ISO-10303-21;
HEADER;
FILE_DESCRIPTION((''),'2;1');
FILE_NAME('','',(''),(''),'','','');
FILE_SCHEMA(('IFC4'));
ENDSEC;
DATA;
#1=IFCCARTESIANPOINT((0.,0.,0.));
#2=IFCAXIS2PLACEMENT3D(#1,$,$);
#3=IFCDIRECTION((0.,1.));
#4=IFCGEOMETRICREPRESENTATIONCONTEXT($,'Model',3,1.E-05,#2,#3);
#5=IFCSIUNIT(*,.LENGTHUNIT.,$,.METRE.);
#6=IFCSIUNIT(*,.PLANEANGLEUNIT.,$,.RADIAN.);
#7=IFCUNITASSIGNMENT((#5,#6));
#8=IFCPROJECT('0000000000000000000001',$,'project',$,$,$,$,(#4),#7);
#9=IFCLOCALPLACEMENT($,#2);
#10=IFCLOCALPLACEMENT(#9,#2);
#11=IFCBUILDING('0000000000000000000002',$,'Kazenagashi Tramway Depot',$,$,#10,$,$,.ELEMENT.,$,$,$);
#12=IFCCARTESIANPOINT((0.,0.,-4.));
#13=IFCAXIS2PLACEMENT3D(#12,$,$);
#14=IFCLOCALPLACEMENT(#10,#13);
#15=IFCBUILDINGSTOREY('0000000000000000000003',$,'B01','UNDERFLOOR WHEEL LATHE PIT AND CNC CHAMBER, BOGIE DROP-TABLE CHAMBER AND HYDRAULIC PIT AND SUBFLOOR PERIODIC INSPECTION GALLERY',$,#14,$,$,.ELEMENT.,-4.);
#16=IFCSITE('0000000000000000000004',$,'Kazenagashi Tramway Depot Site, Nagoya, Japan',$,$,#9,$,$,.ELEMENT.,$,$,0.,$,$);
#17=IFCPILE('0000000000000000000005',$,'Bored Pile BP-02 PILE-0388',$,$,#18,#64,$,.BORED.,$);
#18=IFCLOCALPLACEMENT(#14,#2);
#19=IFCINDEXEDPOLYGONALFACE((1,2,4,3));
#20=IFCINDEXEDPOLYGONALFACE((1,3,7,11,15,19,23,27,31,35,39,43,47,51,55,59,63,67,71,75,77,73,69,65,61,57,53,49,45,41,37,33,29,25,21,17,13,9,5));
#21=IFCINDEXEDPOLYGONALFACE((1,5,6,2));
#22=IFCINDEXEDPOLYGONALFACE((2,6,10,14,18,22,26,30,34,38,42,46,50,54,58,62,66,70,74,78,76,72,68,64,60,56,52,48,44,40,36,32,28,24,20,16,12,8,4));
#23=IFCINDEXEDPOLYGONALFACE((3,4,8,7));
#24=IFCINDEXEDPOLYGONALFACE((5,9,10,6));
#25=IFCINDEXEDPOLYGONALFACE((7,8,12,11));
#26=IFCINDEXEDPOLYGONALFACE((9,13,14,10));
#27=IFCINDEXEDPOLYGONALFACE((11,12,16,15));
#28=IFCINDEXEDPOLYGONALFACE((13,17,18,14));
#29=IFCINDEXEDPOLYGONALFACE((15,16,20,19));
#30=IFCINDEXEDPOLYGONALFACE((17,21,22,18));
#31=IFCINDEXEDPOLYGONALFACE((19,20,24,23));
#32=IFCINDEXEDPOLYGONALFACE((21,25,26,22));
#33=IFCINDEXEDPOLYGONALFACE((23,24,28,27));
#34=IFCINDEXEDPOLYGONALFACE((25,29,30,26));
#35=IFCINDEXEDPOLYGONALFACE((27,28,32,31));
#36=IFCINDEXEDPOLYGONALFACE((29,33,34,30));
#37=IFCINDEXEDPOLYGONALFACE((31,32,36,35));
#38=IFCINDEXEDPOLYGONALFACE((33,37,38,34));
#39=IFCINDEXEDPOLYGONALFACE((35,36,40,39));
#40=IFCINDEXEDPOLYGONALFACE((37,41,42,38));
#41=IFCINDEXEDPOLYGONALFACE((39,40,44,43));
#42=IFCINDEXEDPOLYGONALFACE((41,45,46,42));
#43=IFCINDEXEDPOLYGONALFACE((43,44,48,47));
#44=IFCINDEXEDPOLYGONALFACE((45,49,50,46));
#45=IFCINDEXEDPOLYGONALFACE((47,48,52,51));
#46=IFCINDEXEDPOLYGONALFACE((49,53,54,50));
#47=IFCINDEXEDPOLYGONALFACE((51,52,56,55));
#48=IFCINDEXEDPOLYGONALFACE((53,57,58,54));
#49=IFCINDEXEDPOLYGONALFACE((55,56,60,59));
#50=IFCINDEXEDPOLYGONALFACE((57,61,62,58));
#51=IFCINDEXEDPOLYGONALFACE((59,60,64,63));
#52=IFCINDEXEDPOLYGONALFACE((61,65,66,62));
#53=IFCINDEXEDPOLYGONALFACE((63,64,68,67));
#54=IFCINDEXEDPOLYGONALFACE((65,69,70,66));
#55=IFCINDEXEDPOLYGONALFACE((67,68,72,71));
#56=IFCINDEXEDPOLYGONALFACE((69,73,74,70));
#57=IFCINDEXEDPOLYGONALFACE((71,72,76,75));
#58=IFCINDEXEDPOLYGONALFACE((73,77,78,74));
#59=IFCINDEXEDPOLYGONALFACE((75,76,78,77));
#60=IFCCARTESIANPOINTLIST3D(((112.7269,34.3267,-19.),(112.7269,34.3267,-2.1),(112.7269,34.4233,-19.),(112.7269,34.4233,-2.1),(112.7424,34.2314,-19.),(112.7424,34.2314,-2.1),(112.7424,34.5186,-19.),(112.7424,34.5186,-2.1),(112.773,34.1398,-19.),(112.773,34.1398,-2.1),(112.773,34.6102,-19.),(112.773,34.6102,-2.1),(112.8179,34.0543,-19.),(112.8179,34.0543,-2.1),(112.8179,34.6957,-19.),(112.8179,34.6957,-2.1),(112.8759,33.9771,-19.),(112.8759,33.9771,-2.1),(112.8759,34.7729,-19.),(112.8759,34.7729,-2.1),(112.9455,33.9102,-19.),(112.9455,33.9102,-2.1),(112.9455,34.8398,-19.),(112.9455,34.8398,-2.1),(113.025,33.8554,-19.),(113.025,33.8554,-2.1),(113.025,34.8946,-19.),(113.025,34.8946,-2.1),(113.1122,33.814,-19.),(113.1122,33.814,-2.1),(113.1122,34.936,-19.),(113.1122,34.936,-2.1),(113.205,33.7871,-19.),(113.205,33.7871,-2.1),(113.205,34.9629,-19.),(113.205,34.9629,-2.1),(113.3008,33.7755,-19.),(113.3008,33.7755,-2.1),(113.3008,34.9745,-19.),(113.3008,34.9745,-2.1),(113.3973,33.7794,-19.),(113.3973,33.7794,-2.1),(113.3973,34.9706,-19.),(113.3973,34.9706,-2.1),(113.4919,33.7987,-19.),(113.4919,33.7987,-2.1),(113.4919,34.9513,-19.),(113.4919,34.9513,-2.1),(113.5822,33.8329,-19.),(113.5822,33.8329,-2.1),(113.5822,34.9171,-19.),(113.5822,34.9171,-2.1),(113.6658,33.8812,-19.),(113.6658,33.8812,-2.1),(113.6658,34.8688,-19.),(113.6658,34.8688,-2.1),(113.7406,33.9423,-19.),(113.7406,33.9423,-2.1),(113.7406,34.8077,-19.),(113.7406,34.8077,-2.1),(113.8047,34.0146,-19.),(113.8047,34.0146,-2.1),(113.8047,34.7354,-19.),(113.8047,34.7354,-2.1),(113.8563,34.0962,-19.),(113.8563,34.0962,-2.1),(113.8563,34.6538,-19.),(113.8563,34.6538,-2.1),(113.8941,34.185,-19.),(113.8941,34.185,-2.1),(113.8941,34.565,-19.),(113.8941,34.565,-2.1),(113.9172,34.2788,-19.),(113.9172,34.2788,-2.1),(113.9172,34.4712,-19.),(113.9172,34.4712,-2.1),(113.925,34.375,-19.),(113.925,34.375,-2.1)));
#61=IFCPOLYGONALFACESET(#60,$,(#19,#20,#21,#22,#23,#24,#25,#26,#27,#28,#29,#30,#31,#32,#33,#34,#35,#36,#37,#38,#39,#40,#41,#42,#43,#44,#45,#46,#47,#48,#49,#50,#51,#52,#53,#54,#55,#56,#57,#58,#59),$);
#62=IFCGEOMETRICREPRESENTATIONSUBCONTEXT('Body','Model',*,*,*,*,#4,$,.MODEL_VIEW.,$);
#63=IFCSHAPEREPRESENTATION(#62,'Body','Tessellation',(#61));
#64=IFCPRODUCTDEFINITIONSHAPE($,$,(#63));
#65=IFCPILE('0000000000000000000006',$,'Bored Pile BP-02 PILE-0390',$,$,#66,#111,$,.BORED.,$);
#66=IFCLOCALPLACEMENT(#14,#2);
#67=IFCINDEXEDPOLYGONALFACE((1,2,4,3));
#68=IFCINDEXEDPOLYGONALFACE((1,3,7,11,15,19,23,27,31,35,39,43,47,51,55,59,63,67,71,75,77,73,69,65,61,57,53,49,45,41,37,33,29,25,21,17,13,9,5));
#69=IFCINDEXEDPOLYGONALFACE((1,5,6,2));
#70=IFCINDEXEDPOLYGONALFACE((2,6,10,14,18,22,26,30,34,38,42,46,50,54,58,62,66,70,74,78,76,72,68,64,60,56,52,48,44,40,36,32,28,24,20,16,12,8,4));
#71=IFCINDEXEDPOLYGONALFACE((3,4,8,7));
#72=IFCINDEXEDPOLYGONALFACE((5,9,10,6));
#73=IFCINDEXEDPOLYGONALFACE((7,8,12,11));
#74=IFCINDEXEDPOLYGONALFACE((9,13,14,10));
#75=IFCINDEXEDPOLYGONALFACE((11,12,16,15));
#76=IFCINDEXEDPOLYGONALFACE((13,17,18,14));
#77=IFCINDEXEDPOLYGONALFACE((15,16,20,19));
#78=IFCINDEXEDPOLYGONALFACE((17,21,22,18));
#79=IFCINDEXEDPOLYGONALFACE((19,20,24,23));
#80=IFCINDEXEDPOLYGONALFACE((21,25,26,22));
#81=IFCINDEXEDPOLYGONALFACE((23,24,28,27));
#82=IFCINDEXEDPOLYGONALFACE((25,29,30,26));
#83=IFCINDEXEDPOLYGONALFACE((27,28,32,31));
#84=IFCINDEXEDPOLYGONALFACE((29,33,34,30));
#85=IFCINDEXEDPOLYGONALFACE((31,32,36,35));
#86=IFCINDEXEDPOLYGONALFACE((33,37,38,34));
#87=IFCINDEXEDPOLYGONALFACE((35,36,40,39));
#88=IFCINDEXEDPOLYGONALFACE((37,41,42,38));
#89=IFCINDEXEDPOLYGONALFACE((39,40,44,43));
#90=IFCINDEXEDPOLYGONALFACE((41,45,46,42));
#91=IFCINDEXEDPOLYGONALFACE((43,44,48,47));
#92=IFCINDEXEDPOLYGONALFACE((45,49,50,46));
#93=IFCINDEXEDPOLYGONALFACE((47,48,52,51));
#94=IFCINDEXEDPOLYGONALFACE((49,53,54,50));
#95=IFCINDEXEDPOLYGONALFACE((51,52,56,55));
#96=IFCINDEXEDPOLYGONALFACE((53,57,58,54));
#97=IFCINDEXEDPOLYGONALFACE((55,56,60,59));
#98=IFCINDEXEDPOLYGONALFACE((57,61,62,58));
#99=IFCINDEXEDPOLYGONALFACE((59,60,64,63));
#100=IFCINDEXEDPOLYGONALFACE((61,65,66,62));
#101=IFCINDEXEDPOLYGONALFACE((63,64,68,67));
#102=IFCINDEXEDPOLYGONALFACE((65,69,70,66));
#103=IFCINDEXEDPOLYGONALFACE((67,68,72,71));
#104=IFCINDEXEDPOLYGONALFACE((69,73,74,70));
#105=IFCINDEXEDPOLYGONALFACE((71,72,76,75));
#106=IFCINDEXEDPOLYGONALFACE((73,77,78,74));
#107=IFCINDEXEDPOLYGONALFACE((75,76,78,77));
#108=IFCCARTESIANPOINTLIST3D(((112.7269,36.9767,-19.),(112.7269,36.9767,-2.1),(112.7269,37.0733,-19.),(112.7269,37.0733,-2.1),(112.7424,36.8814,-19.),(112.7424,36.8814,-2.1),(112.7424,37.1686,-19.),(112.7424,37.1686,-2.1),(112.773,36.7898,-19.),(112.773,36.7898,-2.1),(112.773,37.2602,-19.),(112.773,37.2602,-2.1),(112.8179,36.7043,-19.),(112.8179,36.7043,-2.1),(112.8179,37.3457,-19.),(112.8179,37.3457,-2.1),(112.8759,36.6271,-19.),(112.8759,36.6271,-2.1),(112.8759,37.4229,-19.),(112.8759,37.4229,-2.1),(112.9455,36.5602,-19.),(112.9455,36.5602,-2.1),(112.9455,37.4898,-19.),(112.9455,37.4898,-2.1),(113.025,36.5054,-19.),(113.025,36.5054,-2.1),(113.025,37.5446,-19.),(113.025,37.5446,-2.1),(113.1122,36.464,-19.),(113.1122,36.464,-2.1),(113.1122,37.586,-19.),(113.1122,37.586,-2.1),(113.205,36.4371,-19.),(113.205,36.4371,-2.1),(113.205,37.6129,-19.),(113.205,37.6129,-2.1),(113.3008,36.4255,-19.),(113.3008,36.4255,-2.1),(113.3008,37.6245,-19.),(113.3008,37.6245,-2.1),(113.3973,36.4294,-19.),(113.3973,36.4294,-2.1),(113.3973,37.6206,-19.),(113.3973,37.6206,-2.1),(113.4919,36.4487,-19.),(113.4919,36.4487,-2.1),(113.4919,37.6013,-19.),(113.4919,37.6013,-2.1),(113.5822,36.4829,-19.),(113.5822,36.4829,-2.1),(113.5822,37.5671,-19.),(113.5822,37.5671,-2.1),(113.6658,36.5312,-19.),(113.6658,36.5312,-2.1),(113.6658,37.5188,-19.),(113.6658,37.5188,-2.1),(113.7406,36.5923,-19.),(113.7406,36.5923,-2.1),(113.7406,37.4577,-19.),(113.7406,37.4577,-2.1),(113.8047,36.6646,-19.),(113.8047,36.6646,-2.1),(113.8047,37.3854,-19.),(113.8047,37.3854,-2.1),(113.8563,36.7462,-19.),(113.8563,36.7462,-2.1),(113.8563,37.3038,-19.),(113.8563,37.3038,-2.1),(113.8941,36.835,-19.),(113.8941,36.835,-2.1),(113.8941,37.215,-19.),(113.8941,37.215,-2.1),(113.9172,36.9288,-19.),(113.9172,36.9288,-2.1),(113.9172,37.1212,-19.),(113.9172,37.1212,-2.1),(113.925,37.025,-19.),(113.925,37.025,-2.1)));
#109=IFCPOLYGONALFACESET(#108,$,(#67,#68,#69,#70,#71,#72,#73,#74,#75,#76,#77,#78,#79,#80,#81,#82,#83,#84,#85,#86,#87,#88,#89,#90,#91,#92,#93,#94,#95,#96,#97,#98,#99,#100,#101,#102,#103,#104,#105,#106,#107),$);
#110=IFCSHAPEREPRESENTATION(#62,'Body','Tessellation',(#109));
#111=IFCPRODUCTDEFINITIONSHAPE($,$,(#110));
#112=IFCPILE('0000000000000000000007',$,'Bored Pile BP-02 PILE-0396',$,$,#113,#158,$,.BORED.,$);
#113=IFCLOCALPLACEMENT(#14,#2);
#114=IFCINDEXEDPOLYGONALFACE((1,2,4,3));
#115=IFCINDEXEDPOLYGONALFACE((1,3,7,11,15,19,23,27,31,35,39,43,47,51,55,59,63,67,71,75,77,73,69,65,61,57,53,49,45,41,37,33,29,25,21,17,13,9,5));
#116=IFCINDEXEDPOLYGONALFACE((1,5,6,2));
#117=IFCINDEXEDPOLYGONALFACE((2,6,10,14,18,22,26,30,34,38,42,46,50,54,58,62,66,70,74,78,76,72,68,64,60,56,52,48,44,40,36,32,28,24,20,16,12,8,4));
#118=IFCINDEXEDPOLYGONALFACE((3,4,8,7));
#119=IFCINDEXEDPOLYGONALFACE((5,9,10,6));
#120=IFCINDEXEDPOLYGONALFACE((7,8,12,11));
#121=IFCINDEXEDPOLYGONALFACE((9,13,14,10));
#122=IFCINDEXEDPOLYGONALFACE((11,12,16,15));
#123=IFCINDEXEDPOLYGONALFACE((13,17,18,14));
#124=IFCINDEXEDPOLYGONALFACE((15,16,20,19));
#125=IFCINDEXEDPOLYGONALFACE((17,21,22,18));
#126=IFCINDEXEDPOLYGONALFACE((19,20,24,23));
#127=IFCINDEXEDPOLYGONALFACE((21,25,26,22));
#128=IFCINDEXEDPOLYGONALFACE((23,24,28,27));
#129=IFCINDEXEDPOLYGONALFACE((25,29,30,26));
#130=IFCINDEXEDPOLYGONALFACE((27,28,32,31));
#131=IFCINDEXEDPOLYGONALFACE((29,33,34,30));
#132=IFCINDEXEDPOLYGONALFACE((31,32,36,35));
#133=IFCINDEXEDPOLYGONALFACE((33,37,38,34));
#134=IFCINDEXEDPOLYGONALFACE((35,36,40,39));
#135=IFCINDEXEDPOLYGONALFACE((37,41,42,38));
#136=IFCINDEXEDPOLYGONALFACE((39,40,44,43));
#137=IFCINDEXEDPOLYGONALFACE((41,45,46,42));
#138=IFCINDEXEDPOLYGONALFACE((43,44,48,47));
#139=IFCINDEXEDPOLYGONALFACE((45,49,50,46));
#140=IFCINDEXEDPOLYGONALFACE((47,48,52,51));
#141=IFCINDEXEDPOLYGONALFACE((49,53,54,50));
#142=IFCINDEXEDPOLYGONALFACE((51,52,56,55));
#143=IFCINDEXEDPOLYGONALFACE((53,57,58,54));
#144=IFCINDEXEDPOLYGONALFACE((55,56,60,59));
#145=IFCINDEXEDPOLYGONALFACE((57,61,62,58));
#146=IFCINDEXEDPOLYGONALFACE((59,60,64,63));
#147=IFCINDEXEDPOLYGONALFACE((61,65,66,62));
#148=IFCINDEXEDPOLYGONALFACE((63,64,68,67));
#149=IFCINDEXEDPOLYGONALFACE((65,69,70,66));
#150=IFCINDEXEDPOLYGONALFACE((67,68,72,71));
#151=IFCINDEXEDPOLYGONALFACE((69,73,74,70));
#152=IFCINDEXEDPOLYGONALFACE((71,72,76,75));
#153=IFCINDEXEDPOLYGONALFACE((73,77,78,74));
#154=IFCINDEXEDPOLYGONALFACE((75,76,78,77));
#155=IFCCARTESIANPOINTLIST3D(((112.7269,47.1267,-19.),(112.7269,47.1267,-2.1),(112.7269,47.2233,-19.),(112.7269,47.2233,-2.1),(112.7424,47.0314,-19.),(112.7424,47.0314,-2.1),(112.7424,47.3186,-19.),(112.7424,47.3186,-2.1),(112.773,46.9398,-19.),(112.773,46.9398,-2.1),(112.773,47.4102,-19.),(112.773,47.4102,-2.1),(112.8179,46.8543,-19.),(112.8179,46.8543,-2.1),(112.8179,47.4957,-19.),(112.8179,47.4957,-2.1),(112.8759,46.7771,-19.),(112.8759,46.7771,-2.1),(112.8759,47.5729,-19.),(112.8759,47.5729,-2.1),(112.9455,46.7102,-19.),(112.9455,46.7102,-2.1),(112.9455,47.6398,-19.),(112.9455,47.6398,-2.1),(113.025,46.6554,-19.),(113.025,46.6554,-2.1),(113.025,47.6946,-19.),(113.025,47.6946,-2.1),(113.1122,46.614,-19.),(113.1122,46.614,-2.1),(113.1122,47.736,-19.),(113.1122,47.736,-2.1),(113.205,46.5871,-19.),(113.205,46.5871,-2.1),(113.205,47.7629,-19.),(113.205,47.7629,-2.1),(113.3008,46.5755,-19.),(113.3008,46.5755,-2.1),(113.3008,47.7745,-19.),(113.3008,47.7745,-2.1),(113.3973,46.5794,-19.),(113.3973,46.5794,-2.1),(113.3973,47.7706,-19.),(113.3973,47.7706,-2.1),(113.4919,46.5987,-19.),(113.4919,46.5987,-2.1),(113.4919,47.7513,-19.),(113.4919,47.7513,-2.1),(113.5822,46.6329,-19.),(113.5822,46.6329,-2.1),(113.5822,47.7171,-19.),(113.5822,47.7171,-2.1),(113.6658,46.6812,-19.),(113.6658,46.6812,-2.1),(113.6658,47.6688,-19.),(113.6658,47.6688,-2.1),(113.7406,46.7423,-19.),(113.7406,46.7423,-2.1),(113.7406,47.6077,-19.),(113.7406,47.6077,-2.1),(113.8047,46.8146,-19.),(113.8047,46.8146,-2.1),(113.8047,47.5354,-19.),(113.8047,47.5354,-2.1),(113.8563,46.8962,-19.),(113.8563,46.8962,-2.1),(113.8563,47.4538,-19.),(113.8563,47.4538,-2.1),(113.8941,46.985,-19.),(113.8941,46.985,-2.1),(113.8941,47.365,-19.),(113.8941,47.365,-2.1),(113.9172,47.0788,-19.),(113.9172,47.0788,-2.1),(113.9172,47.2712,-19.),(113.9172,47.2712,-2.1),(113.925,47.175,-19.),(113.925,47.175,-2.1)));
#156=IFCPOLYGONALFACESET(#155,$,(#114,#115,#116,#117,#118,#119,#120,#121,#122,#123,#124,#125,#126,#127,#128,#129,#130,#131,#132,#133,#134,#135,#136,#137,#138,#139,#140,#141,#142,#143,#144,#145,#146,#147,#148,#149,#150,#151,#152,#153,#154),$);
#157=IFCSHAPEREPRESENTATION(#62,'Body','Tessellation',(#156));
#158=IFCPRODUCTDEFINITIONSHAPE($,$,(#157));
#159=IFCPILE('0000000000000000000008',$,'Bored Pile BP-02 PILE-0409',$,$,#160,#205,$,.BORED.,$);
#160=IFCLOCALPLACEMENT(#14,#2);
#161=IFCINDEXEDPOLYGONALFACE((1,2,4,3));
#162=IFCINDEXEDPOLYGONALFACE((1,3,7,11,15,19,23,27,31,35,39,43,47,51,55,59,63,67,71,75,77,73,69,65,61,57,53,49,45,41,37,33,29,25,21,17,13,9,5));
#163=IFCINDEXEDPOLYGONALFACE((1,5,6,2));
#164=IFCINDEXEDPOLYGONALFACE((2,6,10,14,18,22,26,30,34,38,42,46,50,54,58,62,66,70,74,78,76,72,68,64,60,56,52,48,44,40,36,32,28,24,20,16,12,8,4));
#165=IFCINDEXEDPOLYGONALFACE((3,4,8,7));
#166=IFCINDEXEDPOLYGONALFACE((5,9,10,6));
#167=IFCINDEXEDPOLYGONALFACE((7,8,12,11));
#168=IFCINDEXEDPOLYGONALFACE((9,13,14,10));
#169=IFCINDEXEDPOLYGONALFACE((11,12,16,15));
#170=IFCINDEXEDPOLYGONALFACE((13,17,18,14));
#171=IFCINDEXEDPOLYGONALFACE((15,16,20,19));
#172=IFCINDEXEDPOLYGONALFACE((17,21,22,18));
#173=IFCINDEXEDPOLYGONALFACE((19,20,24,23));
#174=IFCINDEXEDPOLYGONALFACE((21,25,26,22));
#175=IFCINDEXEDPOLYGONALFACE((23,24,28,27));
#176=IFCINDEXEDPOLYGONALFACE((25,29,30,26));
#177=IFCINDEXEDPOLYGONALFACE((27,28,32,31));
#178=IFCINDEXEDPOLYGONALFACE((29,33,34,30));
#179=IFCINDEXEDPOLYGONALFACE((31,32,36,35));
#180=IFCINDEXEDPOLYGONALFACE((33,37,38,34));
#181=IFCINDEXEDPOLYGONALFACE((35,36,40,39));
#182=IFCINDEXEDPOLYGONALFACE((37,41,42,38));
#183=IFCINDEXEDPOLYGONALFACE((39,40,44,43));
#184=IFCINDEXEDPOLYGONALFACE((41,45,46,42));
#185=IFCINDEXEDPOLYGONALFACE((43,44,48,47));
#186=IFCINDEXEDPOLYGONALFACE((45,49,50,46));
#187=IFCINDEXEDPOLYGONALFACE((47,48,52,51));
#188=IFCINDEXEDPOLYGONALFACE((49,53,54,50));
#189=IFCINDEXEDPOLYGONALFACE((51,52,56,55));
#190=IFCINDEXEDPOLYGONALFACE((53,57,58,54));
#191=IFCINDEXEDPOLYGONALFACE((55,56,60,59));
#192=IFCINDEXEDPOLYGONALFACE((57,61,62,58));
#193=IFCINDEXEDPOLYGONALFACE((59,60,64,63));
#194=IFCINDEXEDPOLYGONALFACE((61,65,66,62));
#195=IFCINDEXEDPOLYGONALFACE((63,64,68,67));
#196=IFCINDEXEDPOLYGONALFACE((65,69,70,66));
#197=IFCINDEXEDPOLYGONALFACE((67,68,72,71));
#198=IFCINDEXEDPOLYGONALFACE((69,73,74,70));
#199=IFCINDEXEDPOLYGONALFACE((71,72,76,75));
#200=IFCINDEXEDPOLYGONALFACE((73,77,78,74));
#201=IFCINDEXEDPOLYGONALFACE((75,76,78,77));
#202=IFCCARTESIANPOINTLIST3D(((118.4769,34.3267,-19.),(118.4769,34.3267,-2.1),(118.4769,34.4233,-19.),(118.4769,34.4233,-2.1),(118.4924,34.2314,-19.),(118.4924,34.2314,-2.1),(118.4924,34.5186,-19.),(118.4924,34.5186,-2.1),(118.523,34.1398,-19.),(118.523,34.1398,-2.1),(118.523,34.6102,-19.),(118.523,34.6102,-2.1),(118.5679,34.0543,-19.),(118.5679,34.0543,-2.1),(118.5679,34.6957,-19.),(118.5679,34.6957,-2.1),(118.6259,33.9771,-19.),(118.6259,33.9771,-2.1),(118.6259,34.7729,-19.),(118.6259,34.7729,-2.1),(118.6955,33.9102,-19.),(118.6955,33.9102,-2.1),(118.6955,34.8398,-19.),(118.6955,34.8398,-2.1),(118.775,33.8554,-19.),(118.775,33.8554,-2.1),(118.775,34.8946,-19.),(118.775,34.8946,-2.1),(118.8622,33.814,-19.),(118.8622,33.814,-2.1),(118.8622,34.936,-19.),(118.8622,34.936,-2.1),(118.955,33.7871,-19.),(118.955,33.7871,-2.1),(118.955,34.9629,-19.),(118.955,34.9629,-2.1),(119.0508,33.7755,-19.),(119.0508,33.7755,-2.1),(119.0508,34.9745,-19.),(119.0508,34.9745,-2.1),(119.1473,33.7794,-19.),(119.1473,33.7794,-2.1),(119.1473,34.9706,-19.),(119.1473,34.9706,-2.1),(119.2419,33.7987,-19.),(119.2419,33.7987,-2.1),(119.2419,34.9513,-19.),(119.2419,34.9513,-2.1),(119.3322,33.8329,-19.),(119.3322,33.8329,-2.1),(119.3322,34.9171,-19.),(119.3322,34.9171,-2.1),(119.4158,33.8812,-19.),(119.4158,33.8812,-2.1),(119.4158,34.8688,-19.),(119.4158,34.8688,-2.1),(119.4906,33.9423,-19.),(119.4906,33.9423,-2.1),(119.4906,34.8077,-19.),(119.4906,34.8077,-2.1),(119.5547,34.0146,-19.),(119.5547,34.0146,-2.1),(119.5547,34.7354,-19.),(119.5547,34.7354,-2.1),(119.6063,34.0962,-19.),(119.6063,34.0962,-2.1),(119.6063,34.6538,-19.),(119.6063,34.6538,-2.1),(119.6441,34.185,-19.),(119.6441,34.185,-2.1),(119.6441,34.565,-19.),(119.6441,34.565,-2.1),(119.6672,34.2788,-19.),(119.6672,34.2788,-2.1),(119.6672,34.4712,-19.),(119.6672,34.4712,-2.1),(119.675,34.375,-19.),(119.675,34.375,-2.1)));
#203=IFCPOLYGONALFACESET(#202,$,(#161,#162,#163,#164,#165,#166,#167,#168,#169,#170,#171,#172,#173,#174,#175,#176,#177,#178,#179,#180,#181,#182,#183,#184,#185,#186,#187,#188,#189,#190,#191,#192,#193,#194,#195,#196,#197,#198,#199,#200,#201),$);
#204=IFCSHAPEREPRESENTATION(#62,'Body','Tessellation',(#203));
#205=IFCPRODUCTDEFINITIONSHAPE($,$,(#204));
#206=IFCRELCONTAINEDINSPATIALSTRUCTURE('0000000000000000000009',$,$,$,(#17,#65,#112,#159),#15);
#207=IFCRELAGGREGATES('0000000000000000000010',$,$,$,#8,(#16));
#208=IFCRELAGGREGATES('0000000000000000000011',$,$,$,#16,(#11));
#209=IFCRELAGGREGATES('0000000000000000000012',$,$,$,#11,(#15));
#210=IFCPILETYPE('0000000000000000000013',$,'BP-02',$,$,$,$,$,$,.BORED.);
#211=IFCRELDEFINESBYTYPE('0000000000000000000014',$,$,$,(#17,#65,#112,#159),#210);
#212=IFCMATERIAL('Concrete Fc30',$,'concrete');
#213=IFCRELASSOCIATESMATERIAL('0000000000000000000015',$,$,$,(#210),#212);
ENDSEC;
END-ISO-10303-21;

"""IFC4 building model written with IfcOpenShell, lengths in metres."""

from ifc_helpers import new_model, si_unit, direction, frame, origin, origin_2d, place, context, subcontext, project, spatial, circle, extrude, material, material_profile, profile_set, type_object, element, save


model = new_model("IFC4")

# Units and contexts
model_context = context("Model", 3, precision=1e-05, world=origin(), true_north=direction((0.0, 1.0)))
body_context = subcontext(model_context, "Body", "Model", "MODEL_VIEW")
ifc_project = project(units=[si_unit("LENGTHUNIT", "METRE"), si_unit("PLANEANGLEUNIT", "RADIAN")], contexts=[model_context])

# Site, building, storey
site_placement = place(None, origin())
site = spatial("IfcSite", under=ifc_project, at=site_placement, Name="Kazenagashi Tramway Depot Site, Nagoya, Japan", CompositionType="ELEMENT", RefElevation=0.0)
building_placement = place(site_placement, origin())
building = spatial("IfcBuilding", under=site, at=building_placement, Name="Kazenagashi Tramway Depot", CompositionType="ELEMENT")
storey_placement = place(building_placement, frame((0.0, 0.0, -4.0)))
storey = spatial("IfcBuildingStorey", under=building, at=storey_placement, Name="B01", Description="UNDERFLOOR WHEEL LATHE PIT AND CNC CHAMBER, BOGIE DROP-TABLE CHAMBER AND HYDRAULIC PIT AND SUBFLOOR PERIODIC INSPECTION GALLERY", CompositionType="ELEMENT", Elevation=-4.0)

# Piles
ifc_material_1 = material(Name="Concrete Fc30", Category="concrete")
ifc_material_profile_1 = material_profile(ifc_material_1, circle(Radius=0.6, at=origin_2d()), Name="PILE-1200")
ifc_profile_set_1 = profile_set([ifc_material_profile_1], Name="Concrete Fc30")
pile_type = type_object("IfcPileType", Name="BP-02", PredefinedType="BORED", material=ifc_profile_set_1)
for number, where, z_axis, x_axis, name in (
    (1, (113.325, 34.375, -2.1), (0.0, 0.0, -1.0), (1.0, 0.0, 0.0), "Bored Pile BP-02 PILE-0388"),
    (2, (113.325, 37.025, -2.1), (0.0, 0.0, -1.0), (1.0, 0.0, 0.0), "Bored Pile BP-02 PILE-0390"),
    (3, (113.325, 47.175, -2.1), (0.0, 0.0, -1.0), (1.0, 0.0, 0.0), "Bored Pile BP-02 PILE-0396"),
    (4, (119.075, 34.375, -2.1), (0.0, 0.0, -1.0), (1.0, 0.0, 0.0), "Bored Pile BP-02 PILE-0409"),
):
    element("IfcPile", number, at=place(storey_placement, frame(where, z_axis=z_axis, x_axis=x_axis)), inside=storey, type_object=pile_type, Name=name, PredefinedType="BORED", context=body_context, shape_type="SweptSolid", body=[
        extrude(circle(Radius=0.6, at=origin_2d()), origin(), (0.0, 0.0, 1.0), 16.9),
    ])

save(model, "model.ifc")
